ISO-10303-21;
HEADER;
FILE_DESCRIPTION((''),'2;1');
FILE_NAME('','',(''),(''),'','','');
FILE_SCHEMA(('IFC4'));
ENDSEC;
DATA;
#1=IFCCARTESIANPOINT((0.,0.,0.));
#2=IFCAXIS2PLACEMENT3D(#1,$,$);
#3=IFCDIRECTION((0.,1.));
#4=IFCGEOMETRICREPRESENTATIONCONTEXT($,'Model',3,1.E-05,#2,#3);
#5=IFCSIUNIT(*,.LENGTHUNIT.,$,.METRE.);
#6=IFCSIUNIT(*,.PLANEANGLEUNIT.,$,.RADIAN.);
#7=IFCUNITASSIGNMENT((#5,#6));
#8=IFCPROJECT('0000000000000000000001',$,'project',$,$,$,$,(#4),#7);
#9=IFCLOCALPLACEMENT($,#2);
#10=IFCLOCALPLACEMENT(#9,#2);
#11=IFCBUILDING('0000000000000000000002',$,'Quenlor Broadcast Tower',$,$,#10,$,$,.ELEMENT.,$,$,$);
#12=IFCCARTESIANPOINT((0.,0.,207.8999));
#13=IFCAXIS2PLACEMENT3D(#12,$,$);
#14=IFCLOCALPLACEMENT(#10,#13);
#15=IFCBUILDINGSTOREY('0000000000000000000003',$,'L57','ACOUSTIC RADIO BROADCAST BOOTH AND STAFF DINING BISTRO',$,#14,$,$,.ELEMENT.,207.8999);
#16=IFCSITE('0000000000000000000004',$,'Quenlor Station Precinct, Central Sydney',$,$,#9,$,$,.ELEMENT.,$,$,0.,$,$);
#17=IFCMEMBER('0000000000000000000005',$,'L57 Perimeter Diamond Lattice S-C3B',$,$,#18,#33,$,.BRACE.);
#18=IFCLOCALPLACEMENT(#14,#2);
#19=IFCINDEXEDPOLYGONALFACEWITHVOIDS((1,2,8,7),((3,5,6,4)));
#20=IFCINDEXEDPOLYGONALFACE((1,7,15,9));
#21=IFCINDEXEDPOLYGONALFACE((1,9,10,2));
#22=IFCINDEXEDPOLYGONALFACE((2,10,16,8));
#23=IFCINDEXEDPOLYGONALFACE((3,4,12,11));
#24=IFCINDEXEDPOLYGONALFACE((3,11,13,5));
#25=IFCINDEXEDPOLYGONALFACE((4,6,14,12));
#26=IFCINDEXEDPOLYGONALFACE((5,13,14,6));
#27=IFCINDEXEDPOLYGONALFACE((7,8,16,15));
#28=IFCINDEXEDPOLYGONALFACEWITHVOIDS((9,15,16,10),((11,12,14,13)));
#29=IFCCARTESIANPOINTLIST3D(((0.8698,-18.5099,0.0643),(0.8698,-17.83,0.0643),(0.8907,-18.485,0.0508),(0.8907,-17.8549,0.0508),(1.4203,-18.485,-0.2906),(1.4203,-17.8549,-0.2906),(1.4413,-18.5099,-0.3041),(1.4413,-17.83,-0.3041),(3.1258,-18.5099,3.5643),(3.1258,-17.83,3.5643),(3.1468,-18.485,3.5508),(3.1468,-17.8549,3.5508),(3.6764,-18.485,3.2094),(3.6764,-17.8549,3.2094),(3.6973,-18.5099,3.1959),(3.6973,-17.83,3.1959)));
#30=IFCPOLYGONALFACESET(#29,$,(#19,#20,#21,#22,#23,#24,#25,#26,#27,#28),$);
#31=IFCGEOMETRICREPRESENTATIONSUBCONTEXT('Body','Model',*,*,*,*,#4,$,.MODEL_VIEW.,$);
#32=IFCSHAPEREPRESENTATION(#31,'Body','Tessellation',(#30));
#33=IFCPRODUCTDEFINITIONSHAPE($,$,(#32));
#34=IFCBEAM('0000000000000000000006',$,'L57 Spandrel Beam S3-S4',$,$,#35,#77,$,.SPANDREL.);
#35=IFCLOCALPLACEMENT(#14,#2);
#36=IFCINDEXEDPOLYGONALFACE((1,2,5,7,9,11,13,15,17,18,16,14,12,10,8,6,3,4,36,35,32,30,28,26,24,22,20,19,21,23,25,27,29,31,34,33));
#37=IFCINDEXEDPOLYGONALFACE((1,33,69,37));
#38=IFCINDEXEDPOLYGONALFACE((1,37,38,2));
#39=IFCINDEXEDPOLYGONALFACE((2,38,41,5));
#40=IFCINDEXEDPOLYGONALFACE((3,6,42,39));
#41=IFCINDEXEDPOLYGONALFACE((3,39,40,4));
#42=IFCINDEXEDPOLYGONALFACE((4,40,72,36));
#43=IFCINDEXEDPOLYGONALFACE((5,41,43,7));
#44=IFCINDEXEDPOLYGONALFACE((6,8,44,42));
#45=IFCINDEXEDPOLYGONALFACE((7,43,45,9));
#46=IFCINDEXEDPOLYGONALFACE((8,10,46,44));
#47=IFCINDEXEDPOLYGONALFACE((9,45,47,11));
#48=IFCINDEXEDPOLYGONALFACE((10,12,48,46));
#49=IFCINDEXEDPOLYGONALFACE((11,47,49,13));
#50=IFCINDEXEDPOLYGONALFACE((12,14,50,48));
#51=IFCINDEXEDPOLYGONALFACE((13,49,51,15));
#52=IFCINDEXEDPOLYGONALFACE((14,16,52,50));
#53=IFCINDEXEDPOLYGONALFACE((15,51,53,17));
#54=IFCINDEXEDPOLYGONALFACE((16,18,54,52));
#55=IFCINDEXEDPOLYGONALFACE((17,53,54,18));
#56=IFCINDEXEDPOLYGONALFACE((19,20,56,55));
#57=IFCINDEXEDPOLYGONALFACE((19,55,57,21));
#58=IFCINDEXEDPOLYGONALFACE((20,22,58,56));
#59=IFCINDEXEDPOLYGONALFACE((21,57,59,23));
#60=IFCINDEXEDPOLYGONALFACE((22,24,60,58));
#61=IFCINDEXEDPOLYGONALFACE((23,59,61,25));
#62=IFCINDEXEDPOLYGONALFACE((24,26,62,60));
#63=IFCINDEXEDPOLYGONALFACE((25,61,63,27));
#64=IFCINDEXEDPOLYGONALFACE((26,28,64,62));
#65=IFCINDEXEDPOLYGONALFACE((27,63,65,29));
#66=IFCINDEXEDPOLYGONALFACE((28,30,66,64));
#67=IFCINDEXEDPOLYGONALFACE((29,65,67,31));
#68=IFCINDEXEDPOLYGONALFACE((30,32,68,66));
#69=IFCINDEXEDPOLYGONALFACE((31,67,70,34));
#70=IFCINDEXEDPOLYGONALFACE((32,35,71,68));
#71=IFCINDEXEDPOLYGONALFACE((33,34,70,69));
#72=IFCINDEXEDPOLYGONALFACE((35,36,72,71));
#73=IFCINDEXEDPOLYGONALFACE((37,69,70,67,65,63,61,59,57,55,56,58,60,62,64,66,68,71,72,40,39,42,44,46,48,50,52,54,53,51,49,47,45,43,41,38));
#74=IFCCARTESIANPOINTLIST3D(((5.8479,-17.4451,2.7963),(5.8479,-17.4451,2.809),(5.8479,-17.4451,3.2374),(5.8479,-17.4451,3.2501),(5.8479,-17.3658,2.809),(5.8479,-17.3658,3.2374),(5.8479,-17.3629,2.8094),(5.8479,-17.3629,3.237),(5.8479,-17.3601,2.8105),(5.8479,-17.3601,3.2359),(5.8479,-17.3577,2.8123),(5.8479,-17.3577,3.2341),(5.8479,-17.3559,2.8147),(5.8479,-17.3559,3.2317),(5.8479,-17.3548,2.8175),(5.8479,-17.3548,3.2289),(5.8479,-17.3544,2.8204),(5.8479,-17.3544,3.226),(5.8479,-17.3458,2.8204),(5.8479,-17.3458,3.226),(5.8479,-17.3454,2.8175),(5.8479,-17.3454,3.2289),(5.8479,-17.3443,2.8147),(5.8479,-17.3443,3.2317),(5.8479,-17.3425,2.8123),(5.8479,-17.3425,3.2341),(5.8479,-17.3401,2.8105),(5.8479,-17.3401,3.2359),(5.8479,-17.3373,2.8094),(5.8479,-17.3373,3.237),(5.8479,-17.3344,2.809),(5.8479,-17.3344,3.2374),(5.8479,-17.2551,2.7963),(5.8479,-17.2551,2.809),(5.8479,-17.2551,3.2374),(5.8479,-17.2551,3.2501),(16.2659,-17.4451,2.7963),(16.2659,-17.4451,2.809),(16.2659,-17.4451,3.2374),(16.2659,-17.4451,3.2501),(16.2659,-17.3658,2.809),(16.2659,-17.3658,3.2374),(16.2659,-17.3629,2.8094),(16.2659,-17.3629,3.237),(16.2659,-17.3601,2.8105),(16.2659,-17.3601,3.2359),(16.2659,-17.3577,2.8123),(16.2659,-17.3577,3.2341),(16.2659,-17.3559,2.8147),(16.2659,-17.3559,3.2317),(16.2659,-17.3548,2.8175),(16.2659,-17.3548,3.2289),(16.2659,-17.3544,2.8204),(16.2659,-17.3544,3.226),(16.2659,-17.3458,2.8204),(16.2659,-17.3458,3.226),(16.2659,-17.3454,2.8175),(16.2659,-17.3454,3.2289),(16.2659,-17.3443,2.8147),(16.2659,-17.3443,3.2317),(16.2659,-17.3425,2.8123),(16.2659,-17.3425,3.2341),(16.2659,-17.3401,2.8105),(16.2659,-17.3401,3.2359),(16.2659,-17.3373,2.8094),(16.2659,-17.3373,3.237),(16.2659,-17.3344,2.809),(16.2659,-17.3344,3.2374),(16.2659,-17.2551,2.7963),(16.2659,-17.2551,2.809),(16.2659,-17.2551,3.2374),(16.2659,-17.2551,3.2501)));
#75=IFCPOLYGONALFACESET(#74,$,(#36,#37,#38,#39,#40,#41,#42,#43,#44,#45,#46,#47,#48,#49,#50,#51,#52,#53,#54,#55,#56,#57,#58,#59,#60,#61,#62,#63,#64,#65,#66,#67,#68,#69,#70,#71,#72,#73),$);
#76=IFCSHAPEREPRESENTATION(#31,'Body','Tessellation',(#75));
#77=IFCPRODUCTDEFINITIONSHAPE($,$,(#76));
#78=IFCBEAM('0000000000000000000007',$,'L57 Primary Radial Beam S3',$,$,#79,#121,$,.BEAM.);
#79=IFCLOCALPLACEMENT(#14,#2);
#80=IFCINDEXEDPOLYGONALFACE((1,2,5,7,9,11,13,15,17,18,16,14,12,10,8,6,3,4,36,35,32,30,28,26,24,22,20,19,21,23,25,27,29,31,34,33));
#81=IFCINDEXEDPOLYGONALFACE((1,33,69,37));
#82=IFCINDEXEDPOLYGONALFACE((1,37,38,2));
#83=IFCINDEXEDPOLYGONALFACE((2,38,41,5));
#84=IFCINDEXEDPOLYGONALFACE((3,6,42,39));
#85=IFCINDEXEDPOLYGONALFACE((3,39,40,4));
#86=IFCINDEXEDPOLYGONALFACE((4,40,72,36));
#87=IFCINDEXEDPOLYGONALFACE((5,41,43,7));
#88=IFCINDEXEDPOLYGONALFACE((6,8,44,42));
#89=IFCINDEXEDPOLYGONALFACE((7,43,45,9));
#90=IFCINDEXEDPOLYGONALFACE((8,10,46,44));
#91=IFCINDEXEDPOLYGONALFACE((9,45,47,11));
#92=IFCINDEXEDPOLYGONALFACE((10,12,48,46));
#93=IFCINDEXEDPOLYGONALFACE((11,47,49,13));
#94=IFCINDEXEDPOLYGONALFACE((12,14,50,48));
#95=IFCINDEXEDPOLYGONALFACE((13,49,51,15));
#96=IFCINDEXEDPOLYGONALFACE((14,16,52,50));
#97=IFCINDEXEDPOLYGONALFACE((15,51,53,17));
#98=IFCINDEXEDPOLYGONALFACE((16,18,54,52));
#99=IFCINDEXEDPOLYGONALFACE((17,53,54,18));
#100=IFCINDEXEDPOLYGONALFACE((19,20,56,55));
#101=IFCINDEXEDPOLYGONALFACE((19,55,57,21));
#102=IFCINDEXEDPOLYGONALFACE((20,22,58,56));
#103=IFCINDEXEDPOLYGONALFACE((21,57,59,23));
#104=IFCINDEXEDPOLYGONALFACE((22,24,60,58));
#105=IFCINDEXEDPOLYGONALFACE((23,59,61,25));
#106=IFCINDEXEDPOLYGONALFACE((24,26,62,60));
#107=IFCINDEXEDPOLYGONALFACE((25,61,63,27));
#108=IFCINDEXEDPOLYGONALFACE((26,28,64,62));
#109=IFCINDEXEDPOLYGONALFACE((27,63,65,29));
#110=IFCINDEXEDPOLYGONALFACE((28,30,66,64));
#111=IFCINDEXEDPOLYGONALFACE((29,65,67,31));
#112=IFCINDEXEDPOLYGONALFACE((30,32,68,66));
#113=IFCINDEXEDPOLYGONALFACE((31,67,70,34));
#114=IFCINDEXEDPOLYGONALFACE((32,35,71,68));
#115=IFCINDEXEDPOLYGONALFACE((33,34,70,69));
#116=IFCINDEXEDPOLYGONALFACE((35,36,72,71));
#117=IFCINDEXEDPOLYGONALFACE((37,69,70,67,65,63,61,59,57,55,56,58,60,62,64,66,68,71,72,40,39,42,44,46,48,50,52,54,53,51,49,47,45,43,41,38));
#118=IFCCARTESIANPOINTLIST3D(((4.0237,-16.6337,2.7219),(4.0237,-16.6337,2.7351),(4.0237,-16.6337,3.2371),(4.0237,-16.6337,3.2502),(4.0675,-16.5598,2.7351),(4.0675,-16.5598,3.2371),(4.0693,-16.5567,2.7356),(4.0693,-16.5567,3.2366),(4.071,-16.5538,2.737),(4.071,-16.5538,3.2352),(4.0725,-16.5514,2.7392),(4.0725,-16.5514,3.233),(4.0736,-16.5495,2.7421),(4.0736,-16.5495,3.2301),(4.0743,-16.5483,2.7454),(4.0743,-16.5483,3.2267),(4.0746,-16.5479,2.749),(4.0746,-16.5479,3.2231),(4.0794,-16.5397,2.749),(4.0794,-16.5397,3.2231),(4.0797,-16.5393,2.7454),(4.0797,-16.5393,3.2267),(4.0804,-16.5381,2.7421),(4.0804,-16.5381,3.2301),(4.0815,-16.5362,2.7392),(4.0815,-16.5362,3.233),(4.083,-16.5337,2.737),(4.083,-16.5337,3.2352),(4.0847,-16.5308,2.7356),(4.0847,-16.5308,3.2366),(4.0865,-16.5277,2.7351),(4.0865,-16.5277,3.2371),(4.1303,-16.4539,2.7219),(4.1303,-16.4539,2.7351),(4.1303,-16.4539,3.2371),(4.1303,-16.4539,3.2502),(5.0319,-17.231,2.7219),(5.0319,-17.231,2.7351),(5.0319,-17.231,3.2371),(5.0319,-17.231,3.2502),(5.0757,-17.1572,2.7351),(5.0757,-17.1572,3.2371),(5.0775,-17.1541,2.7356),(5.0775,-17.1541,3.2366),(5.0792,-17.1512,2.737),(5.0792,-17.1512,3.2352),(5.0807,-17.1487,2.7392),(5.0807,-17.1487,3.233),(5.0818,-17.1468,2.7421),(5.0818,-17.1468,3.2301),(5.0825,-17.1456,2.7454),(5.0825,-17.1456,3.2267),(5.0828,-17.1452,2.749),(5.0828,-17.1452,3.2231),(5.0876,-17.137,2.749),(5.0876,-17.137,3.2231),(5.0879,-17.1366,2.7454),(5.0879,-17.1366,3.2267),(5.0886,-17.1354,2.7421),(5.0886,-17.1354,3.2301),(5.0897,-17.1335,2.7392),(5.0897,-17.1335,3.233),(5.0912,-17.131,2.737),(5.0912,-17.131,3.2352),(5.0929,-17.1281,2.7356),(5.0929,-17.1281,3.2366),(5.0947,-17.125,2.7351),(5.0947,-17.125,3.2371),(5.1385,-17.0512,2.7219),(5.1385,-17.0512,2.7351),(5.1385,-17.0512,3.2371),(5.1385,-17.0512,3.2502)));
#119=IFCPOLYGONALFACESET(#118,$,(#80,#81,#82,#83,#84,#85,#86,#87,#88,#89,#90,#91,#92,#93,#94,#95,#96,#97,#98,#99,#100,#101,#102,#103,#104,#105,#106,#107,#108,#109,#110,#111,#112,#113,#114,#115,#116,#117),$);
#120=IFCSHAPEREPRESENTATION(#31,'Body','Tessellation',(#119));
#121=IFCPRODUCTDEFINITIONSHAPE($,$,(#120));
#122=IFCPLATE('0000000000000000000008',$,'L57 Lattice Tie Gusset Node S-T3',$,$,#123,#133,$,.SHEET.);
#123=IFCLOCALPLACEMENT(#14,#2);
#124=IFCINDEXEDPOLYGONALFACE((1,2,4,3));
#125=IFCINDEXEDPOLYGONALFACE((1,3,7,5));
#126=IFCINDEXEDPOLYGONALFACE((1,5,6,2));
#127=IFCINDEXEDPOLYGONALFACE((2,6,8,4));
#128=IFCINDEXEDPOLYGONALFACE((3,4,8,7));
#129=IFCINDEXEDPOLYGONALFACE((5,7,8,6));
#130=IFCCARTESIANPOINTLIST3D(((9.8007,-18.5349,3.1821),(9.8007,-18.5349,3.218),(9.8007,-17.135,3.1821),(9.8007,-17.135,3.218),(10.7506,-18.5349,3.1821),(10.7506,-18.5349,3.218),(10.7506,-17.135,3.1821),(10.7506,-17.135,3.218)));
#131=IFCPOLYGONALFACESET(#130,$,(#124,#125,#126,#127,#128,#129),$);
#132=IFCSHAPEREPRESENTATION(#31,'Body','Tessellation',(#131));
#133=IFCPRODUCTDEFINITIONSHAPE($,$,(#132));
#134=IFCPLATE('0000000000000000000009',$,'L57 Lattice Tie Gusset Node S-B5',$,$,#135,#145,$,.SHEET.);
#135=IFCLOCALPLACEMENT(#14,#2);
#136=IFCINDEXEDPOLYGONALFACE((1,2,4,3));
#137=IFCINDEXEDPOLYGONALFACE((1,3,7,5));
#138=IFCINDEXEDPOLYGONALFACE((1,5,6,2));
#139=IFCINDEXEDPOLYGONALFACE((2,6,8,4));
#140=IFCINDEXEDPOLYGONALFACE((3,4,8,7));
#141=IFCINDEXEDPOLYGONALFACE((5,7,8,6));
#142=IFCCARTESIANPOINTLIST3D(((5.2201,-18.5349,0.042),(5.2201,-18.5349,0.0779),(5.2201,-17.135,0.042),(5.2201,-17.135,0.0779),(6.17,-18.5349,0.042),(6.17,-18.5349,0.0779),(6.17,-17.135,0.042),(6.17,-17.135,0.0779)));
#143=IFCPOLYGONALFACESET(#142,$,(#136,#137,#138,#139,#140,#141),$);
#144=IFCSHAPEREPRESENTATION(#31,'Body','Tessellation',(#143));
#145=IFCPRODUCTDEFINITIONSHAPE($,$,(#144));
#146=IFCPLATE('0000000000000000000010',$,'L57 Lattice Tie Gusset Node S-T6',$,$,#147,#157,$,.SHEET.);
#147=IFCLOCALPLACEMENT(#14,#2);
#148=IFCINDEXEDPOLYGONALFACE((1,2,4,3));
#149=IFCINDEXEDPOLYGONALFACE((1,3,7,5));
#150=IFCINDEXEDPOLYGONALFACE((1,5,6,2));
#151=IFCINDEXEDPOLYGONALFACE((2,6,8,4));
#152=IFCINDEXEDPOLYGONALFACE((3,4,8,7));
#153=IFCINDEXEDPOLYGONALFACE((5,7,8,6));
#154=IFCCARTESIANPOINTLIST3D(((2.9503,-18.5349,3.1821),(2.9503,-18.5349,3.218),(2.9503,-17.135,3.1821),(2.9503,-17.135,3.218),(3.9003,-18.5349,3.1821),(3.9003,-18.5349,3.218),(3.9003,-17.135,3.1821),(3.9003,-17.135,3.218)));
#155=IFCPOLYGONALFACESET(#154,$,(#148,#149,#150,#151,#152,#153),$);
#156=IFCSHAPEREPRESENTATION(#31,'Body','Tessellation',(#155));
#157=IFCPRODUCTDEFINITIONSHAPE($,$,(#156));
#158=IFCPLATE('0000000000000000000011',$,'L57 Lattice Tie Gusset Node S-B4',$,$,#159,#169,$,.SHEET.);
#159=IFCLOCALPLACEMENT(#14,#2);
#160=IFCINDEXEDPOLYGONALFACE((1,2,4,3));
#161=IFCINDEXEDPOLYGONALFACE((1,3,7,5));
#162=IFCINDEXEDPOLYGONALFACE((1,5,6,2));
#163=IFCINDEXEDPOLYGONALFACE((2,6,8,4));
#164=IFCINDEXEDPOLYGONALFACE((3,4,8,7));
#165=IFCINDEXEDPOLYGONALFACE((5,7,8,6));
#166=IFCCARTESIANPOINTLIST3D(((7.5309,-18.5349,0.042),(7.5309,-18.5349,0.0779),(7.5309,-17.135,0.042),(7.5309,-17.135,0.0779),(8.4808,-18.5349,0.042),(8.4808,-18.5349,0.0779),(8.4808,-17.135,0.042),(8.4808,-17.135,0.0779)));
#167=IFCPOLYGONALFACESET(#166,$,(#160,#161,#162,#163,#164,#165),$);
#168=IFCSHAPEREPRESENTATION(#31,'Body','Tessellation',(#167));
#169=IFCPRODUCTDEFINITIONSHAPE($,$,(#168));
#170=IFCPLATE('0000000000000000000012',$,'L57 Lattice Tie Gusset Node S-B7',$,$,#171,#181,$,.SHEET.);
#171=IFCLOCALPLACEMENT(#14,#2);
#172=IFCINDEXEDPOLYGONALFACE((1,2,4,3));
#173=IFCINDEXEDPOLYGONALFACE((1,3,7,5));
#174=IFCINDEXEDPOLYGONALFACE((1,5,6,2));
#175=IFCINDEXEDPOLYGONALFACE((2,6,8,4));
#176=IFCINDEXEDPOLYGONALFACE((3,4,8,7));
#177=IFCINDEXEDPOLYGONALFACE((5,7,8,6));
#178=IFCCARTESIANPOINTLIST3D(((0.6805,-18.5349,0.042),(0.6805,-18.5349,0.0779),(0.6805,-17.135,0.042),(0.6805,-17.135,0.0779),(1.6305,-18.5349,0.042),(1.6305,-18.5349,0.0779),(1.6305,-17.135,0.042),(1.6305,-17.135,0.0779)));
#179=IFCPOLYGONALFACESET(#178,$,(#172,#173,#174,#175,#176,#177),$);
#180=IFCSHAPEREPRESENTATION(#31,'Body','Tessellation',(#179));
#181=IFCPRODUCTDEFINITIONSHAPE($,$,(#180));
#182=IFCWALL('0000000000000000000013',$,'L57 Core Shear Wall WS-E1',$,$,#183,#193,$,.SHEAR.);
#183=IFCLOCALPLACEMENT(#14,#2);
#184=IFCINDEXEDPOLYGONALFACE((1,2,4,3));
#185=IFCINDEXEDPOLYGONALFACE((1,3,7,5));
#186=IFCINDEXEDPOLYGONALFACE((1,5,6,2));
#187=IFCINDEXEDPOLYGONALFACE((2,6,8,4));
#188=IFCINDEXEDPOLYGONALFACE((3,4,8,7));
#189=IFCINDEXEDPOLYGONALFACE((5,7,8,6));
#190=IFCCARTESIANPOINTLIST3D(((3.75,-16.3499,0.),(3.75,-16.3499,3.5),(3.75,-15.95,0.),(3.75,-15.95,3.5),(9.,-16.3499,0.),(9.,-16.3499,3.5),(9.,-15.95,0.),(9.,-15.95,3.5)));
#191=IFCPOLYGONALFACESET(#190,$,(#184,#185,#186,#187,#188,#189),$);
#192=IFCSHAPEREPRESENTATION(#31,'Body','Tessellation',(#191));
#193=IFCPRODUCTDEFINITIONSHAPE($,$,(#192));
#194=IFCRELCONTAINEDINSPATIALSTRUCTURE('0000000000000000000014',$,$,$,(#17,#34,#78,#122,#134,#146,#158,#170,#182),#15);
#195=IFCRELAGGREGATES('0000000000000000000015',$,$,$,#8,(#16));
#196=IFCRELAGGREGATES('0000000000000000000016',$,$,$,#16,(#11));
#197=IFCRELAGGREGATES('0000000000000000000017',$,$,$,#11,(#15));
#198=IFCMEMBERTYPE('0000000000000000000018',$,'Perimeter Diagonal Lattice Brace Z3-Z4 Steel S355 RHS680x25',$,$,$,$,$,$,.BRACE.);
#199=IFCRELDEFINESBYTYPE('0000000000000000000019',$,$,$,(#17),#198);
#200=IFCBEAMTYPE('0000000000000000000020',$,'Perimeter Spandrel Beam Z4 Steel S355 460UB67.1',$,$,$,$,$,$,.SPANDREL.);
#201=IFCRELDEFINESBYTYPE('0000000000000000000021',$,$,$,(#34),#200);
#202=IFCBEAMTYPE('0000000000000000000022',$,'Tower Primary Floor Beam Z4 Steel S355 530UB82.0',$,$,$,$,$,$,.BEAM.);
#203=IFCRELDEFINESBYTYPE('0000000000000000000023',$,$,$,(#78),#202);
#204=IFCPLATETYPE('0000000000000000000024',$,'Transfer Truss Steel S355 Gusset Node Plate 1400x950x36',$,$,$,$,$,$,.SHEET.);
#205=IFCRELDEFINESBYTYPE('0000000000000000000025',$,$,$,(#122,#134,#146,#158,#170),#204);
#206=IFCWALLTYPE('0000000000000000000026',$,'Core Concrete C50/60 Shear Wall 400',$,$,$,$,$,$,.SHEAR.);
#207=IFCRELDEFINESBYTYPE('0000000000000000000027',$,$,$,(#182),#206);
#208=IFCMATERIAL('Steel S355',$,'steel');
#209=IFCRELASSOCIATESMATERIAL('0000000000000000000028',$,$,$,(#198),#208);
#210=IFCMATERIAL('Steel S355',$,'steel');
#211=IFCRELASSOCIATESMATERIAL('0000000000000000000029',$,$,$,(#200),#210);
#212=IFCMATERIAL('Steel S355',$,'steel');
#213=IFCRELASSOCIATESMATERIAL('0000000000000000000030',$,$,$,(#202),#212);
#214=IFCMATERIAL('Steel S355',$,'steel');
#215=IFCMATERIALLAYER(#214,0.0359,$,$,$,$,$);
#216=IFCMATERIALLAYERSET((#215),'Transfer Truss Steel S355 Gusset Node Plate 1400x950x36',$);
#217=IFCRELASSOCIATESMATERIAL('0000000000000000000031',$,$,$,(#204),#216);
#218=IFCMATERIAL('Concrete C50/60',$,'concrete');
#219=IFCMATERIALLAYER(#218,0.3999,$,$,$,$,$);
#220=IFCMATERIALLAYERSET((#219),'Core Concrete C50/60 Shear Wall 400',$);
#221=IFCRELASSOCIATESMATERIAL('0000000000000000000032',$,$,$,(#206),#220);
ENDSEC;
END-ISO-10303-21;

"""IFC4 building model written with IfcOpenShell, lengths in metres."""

from ifc_helpers import new_model, si_unit, direction, frame, frame_2d, origin, origin_2d, place, context, subcontext, project, spatial, rectangle, hollow_rectangle, i_section, extrude, material, layer, layer_set, material_profile, profile_set, type_object, element, save


model = new_model("IFC4")

# Units and contexts
model_context = context("Model", 3, precision=1e-05, world=origin(), true_north=direction((0.0, 1.0)))
body_context = subcontext(model_context, "Body", "Model", "MODEL_VIEW")
ifc_project = project(units=[si_unit("LENGTHUNIT", "METRE"), si_unit("PLANEANGLEUNIT", "RADIAN")], contexts=[model_context])

# Site, building, storey
site_placement = place(None, origin())
site = spatial("IfcSite", under=ifc_project, at=site_placement, Name="Quenlor Station Precinct, Central Sydney", CompositionType="ELEMENT", RefElevation=0.0)
building_placement = place(site_placement, origin())
building = spatial("IfcBuilding", under=site, at=building_placement, Name="Quenlor Broadcast Tower", CompositionType="ELEMENT")
storey_placement = place(building_placement, frame((0.0, 0.0, 207.8999)))
storey = spatial("IfcBuildingStorey", under=building, at=storey_placement, Name="L57", Description="ACOUSTIC RADIO BROADCAST BOOTH AND STAFF DINING BISTRO", CompositionType="ELEMENT", Elevation=207.8999)

# Member
ifc_material_1 = material(Name="Steel S355", Category="steel")
ifc_material_profile_1 = material_profile(ifc_material_1, hollow_rectangle(XDim=0.6799, YDim=0.6799, WallThickness=0.0249, at=origin_2d()))
ifc_profile_set_1 = profile_set([ifc_material_profile_1], Name="Steel S355 RHS680x680x25")
member_type_1 = type_object("IfcMemberType", Name="Perimeter Diagonal Lattice Brace Z3-Z4 Steel S355 RHS680x25", PredefinedType="BRACE", material=ifc_profile_set_1)
for number, where, z_axis, x_axis, name in (
    (1, (1.1555, -18.1699, -0.1199), (0.541794, 0.0, 0.840511), (0.0, 1.0, 0.0), "L57 Perimeter Diamond Lattice S-C3B"),
):
    element("IfcMember", number, at=place(storey_placement, frame(where, z_axis=z_axis, x_axis=x_axis)), inside=storey, type_object=member_type_1, Name=name, PredefinedType="BRACE", context=body_context, shape_type="SweptSolid", body=[
        extrude(hollow_rectangle(XDim=0.6799, YDim=0.6799, WallThickness=0.0249, at=origin_2d()), origin(), (0.0, 0.0, 1.0), 4.1641),
    ])

# Beams
ifc_material_2 = material(Name="Steel S355", Category="steel")
ifc_material_profile_2 = material_profile(ifc_material_2, i_section(OverallWidth=0.1899, OverallDepth=0.4539, WebThickness=0.0085, FlangeThickness=0.0127, FilletRadius=0.0115, at=origin_2d()))
ifc_profile_set_2 = profile_set([ifc_material_profile_2], Name="Steel S355 460UB67.1")
beam_type_1 = type_object("IfcBeamType", Name="Perimeter Spandrel Beam Z4 Steel S355 460UB67.1", PredefinedType="SPANDREL", material=ifc_profile_set_2)
beam_1_placement = place(storey_placement, frame((5.8479, -17.3501, 3.0232), z_axis=(1.0, 0.0, 0.0), x_axis=(0.0, 1.0, 0.0)))
element("IfcBeam", 2, at=beam_1_placement, inside=storey, type_object=beam_type_1, Name="L57 Spandrel Beam S3-S4", PredefinedType="SPANDREL", context=body_context, shape_type="SweptSolid", body=[
    extrude(i_section(OverallWidth=0.1899, OverallDepth=0.4539, WebThickness=0.0085, FlangeThickness=0.0127, FilletRadius=0.0115, at=origin_2d()), origin(), (0.0, 0.0, 1.0), 10.418),
])
ifc_material_3 = material(Name="Steel S355", Category="steel")
ifc_material_profile_3 = material_profile(ifc_material_3, i_section(OverallWidth=0.209, OverallDepth=0.5283, WebThickness=0.0095, FlangeThickness=0.0132, FilletRadius=0.0139, at=origin_2d()))
ifc_profile_set_3 = profile_set([ifc_material_profile_3], Name="Steel S355 530UB82.0")
beam_type_2 = type_object("IfcBeamType", Name="Tower Primary Floor Beam Z4 Steel S355 530UB82.0", PredefinedType="BEAM", material=ifc_profile_set_3)
beam_2_placement = place(storey_placement, frame((5.0852, -17.1411, 2.9861), z_axis=(-0.860329, 0.50974, 0.0), x_axis=(-0.50974, -0.860329, 0.0)))
element("IfcBeam", 3, at=beam_2_placement, inside=storey, type_object=beam_type_2, Name="L57 Primary Radial Beam S3", PredefinedType="BEAM", context=body_context, shape_type="SweptSolid", body=[
    extrude(i_section(OverallWidth=0.209, OverallDepth=0.5283, WebThickness=0.0095, FlangeThickness=0.0132, FilletRadius=0.0139, at=origin_2d()), origin(), (0.0, 0.0, 1.0), 1.1719),
])

# Plates
ifc_material_4 = material(Name="Steel S355", Category="steel")
ifc_layer_1 = layer(ifc_material_4, 0.0359)
ifc_layer_set_1 = layer_set([ifc_layer_1], Name="Transfer Truss Steel S355 Gusset Node Plate 1400x950x36")
plate_type = type_object("IfcPlateType", Name="Transfer Truss Steel S355 Gusset Node Plate 1400x950x36", PredefinedType="SHEET", material=ifc_layer_set_1)
for number, where, z_axis, x_axis, name in (
    (4, (10.2756, -17.835, 3.1821), (0.0, 0.0, 1.0), (0.0, -1.0, 0.0), "L57 Lattice Tie Gusset Node S-T3"),
    (5, (5.6951, -17.835, 0.042), (0.0, 0.0, 1.0), (0.0, -1.0, 0.0), "L57 Lattice Tie Gusset Node S-B5"),
    (6, (3.4253, -17.835, 3.1821), (0.0, 0.0, 1.0), (0.0, -1.0, 0.0), "L57 Lattice Tie Gusset Node S-T6"),
    (7, (8.0059, -17.835, 0.042), (0.0, 0.0, 1.0), (0.0, -1.0, 0.0), "L57 Lattice Tie Gusset Node S-B4"),
    (8, (1.1555, -17.835, 0.042), (0.0, 0.0, 1.0), (0.0, -1.0, 0.0), "L57 Lattice Tie Gusset Node S-B7"),
):
    element("IfcPlate", number, at=place(storey_placement, frame(where, z_axis=z_axis, x_axis=x_axis)), inside=storey, type_object=plate_type, Name=name, PredefinedType="SHEET", context=body_context, shape_type="SweptSolid", body=[
        extrude(rectangle(XDim=1.3999, YDim=0.95, at=origin_2d()), origin(), (0.0, 0.0, 1.0), 0.0359),
    ])

# Wall
ifc_material_5 = material(Name="Concrete C50/60", Category="concrete")
ifc_layer_2 = layer(ifc_material_5, 0.3999)
ifc_layer_set_2 = layer_set([ifc_layer_2], Name="Core Concrete C50/60 Shear Wall 400")
wall_type_1 = type_object("IfcWallType", Name="Core Concrete C50/60 Shear Wall 400", PredefinedType="SHEAR", material=ifc_layer_set_2)
wall_1_placement = place(storey_placement, frame((3.75, -16.1499, 0.0), z_axis=(0.0, 0.0, 1.0), x_axis=(1.0, 0.0, 0.0)))
element("IfcWall", 9, at=wall_1_placement, inside=storey, type_object=wall_type_1, Name="L57 Core Shear Wall WS-E1", PredefinedType="SHEAR", context=body_context, shape_type="SweptSolid", body=[
    extrude(rectangle(XDim=5.25, YDim=0.3999, at=frame_2d((2.625, 0.0))), origin(), (0.0, 0.0, 1.0), 3.5),
])

save(model, "model.ifc")
